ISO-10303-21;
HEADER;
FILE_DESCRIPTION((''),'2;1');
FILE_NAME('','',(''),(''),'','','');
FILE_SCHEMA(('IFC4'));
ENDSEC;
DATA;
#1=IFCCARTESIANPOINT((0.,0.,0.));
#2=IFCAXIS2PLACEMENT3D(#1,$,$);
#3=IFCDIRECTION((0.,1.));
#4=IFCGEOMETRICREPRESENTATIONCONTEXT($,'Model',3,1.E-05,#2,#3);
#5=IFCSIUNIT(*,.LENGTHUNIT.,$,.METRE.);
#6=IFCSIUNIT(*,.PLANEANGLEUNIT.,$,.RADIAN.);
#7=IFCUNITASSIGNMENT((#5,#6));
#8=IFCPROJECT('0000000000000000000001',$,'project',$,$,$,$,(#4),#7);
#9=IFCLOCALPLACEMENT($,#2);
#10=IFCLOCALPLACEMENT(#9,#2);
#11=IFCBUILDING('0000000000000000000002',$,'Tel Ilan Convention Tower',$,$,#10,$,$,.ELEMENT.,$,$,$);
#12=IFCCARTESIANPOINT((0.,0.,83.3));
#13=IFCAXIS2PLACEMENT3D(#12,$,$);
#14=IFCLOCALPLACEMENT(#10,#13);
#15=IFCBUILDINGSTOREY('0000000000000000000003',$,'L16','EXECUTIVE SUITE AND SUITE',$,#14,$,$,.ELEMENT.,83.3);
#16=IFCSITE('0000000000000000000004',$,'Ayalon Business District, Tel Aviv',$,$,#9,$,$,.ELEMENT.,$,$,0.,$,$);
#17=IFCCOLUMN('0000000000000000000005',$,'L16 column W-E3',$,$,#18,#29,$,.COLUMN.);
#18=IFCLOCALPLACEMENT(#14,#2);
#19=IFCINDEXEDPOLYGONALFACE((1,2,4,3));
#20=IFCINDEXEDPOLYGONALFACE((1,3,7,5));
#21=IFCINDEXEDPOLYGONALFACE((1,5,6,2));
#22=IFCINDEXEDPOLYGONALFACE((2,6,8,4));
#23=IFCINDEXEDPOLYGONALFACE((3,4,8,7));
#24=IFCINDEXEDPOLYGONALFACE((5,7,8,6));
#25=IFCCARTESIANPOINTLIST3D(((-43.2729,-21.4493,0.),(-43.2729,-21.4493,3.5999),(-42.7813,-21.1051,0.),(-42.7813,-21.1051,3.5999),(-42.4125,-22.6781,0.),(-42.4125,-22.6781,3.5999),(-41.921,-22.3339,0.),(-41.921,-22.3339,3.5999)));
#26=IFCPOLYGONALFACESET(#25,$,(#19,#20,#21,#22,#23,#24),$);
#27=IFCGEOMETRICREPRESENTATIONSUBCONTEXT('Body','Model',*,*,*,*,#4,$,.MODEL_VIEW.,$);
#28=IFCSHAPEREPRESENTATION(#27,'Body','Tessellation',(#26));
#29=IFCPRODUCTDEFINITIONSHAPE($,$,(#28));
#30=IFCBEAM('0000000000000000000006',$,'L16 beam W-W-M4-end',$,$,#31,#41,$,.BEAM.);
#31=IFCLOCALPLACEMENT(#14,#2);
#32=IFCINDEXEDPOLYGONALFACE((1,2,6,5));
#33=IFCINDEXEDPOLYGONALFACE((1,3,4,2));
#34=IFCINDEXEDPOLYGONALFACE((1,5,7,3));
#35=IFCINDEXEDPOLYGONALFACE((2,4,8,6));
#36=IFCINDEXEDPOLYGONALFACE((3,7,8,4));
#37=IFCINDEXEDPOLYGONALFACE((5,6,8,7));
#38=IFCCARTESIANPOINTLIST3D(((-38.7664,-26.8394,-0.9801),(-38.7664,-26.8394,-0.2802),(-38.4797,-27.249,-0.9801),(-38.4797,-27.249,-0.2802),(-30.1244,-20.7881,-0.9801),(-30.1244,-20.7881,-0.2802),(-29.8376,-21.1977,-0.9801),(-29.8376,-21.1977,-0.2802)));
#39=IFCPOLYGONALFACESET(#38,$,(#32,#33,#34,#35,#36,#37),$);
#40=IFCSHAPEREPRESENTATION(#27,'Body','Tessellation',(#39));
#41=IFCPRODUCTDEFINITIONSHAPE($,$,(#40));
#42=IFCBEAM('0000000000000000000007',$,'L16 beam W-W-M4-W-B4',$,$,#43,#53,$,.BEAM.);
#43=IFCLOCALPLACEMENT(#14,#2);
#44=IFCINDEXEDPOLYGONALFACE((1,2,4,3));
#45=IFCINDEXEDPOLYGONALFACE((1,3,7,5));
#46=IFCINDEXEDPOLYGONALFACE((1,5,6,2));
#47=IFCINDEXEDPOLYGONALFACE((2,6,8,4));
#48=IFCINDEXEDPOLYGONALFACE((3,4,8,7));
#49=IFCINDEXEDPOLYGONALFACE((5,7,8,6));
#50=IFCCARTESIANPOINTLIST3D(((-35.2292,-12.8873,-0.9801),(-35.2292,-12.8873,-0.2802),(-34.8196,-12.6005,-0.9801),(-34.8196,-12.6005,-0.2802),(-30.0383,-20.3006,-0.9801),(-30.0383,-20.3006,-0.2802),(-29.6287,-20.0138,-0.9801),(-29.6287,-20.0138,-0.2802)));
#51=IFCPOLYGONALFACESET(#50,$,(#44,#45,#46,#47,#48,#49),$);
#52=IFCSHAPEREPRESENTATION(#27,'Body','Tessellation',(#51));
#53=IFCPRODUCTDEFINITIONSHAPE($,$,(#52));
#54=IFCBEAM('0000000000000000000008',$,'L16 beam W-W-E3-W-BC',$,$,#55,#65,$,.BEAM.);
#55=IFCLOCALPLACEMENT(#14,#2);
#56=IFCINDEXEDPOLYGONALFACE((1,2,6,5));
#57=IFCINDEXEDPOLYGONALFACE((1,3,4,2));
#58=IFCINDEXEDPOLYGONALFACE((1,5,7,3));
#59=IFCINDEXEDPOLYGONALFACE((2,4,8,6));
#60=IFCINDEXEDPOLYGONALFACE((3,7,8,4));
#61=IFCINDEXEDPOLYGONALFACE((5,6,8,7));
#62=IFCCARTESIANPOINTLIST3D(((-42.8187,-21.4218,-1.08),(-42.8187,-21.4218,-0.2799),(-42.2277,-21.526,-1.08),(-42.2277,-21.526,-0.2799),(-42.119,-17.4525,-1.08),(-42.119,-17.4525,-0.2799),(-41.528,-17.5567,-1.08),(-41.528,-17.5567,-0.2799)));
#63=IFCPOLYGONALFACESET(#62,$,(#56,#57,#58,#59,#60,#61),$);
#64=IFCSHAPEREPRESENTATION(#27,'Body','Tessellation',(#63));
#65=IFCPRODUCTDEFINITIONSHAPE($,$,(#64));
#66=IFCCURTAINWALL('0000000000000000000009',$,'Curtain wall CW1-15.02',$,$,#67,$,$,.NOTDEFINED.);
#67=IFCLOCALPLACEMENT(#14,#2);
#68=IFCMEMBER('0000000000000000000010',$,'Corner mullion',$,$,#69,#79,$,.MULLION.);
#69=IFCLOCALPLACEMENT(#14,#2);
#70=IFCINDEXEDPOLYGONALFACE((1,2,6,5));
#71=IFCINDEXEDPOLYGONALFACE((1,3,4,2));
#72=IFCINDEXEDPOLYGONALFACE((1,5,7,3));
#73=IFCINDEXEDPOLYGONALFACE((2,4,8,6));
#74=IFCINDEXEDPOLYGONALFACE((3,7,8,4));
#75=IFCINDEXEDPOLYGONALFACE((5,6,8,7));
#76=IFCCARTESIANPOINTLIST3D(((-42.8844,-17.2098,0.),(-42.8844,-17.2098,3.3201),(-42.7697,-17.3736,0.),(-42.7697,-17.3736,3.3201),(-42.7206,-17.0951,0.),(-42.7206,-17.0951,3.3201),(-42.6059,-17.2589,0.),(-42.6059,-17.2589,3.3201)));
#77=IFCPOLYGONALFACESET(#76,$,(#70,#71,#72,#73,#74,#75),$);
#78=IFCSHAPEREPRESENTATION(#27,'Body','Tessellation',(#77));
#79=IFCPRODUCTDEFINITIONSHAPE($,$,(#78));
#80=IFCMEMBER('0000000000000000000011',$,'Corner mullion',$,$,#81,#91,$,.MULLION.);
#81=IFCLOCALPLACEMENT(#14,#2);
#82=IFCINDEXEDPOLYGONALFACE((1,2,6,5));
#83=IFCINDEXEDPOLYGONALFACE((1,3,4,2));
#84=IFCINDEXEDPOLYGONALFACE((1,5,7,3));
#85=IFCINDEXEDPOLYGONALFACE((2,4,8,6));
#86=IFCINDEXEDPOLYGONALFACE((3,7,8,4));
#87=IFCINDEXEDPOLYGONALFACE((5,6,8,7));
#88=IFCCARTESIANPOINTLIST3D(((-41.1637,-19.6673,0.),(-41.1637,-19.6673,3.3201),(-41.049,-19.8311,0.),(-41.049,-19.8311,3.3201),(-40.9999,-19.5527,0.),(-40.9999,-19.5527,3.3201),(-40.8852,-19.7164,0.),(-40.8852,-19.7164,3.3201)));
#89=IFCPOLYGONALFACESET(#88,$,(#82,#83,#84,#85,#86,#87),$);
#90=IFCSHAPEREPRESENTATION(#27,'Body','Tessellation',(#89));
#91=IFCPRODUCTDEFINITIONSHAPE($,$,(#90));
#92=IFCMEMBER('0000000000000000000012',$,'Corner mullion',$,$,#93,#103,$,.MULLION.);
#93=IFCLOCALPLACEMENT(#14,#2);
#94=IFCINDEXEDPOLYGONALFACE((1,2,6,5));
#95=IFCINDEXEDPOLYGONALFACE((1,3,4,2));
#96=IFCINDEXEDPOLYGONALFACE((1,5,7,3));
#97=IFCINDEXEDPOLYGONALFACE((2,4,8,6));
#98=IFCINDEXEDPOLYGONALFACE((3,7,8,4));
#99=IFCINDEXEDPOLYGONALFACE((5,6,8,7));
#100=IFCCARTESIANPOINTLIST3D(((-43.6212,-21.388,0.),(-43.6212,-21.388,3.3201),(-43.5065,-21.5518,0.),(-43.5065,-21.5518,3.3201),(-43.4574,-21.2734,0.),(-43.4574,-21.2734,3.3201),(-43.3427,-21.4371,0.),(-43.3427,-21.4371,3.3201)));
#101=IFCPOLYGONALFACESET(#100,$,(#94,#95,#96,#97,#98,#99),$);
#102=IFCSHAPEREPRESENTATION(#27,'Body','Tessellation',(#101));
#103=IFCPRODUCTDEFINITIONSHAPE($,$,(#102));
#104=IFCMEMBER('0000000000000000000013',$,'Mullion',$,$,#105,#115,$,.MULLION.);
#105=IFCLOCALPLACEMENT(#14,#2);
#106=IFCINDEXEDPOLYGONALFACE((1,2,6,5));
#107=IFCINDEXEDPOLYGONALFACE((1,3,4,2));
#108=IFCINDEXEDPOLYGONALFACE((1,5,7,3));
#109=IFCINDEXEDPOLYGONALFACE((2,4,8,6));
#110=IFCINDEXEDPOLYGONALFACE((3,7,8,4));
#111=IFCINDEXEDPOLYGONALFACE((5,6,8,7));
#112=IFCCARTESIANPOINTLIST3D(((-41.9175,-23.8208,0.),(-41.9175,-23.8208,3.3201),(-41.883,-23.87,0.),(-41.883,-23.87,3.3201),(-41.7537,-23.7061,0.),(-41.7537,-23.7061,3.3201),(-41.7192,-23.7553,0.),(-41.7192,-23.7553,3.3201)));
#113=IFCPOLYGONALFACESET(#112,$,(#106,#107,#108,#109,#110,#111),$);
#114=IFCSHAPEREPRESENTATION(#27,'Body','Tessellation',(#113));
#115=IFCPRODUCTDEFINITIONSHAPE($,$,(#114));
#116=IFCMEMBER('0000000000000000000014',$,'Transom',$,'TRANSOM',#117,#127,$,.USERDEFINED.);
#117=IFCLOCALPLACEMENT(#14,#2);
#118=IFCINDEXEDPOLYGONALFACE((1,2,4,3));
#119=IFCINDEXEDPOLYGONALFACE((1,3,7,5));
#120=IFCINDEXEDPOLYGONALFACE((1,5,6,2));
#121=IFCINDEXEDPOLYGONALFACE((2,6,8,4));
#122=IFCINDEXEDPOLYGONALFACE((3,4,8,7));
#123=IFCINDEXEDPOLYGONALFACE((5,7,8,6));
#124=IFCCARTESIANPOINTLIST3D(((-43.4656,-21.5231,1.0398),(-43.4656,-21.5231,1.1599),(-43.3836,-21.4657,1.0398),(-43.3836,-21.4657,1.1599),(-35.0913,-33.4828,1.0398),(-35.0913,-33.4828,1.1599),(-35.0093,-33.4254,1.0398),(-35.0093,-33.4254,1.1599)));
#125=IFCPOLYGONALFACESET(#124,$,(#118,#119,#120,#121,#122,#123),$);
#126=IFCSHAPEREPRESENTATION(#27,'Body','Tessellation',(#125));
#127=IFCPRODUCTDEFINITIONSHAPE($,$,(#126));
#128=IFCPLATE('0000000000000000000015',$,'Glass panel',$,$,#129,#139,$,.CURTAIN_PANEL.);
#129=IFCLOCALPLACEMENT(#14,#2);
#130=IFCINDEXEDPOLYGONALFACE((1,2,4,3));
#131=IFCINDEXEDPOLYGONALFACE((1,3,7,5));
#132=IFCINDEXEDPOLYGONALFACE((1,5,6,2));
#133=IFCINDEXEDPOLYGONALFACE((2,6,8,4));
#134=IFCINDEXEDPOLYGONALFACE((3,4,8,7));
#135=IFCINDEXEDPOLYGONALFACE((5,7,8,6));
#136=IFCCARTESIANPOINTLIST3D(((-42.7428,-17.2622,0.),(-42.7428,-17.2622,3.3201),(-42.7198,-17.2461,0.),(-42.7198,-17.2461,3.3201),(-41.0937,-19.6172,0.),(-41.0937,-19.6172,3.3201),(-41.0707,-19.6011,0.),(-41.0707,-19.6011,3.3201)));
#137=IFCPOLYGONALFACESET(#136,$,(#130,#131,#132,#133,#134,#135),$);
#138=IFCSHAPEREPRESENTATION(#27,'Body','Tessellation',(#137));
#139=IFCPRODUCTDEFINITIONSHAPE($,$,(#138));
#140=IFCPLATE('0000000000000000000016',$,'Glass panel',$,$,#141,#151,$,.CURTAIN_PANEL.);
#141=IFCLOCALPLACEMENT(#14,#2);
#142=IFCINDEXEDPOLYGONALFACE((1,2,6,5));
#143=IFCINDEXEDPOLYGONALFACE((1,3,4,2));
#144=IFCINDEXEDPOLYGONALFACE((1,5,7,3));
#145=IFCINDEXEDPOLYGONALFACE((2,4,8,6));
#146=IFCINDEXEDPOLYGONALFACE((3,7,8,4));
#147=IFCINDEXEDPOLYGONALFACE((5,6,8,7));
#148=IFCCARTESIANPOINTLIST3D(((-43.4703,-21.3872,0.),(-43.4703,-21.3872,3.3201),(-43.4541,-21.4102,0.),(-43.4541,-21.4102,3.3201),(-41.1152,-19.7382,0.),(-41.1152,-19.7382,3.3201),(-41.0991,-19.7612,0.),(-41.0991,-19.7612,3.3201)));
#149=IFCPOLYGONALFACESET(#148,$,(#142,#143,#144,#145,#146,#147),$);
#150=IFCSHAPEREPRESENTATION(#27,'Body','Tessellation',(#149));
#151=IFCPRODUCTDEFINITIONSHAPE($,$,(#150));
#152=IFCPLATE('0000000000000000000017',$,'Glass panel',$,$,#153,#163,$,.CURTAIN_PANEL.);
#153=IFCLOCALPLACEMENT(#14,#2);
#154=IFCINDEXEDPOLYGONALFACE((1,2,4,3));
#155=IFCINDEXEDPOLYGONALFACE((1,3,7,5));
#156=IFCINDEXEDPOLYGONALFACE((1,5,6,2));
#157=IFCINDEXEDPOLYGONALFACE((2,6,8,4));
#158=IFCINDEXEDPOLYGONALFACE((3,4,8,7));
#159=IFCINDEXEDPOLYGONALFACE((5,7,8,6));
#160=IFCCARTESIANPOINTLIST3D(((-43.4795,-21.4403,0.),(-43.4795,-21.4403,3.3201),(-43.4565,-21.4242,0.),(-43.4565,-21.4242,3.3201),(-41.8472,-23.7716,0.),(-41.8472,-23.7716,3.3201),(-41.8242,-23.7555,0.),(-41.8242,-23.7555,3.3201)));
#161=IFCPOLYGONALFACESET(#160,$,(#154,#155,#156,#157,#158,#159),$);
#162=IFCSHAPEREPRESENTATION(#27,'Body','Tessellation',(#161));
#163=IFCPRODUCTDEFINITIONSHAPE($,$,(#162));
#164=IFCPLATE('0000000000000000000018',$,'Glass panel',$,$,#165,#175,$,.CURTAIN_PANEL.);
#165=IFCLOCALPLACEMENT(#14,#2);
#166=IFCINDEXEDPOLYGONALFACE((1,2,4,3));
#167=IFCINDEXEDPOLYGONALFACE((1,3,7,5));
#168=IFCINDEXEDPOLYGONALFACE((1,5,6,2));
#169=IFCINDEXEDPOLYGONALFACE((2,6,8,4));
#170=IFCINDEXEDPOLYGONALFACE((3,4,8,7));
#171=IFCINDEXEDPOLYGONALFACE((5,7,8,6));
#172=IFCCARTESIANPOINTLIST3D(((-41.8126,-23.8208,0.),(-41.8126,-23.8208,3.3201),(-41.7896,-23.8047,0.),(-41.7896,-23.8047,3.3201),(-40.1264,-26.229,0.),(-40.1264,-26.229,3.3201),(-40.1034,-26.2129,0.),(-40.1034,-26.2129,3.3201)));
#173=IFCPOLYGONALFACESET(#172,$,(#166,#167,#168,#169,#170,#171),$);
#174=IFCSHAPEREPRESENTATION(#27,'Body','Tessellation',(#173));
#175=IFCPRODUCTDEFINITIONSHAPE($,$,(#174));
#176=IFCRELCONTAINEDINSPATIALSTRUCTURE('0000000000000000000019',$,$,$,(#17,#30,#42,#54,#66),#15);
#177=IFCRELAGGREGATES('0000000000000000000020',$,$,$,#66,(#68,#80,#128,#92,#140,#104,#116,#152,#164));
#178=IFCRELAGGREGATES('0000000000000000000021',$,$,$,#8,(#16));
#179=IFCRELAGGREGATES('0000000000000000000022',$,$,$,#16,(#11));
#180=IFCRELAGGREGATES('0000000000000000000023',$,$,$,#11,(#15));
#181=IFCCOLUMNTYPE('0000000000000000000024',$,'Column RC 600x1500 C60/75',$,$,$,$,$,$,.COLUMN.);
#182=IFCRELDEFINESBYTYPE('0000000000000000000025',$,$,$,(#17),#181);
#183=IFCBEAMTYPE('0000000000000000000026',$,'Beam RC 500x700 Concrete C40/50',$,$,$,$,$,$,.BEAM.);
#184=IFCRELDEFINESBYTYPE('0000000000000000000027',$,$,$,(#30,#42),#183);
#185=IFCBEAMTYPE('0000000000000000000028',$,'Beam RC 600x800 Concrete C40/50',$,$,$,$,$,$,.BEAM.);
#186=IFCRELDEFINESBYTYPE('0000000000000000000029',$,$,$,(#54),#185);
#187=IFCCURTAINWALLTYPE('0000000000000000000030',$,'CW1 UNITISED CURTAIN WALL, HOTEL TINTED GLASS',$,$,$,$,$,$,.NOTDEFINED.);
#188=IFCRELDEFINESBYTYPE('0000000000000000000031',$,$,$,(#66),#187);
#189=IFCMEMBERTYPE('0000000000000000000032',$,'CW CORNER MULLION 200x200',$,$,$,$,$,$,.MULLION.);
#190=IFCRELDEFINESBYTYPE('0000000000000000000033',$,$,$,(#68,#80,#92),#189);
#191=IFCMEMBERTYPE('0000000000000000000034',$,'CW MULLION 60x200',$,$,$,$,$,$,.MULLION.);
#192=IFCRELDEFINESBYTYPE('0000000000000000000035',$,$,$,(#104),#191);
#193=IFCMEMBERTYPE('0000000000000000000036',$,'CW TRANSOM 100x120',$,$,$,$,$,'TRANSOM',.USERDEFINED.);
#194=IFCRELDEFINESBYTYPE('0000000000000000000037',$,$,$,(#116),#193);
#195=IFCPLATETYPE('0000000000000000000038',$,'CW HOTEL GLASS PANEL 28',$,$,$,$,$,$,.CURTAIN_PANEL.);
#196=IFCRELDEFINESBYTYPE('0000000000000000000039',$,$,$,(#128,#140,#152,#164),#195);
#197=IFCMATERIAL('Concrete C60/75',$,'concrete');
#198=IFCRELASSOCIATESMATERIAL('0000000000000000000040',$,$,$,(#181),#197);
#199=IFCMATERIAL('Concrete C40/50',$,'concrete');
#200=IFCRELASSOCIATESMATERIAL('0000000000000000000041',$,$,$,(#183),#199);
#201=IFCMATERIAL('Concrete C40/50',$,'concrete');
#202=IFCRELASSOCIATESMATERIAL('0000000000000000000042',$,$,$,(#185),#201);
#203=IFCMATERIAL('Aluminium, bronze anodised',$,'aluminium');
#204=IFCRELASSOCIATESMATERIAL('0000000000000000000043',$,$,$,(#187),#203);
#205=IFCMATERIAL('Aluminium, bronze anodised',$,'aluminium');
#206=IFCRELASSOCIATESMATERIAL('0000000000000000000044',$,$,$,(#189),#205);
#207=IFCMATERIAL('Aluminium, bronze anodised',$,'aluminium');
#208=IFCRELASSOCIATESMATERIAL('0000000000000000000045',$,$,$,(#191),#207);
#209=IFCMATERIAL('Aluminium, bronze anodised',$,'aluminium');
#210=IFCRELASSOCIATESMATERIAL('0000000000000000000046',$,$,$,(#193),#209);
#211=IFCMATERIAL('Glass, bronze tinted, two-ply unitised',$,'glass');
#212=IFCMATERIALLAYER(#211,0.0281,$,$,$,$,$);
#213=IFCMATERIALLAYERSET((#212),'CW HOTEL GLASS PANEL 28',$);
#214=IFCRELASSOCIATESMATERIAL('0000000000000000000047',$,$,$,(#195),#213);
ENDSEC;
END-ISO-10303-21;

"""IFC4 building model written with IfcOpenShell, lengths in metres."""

from ifc_helpers import new_model, si_unit, direction, frame, origin, origin_2d, place, context, subcontext, project, spatial, rectangle, extrude, material, layer, layer_set, material_profile, profile_set, type_object, element, aggregate, save


model = new_model("IFC4")

# Units and contexts
model_context = context("Model", 3, precision=1e-05, world=origin(), true_north=direction((0.0, 1.0)))
body_context = subcontext(model_context, "Body", "Model", "MODEL_VIEW")
ifc_project = project(units=[si_unit("LENGTHUNIT", "METRE"), si_unit("PLANEANGLEUNIT", "RADIAN")], contexts=[model_context])

# Site, building, storey
site_placement = place(None, origin())
site = spatial("IfcSite", under=ifc_project, at=site_placement, Name="Ayalon Business District, Tel Aviv", CompositionType="ELEMENT", RefElevation=0.0)
building_placement = place(site_placement, origin())
building = spatial("IfcBuilding", under=site, at=building_placement, Name="Tel Ilan Convention Tower", CompositionType="ELEMENT")
storey_placement = place(building_placement, frame((0.0, 0.0, 83.3)))
storey = spatial("IfcBuildingStorey", under=building, at=storey_placement, Name="L16", Description="EXECUTIVE SUITE AND SUITE", CompositionType="ELEMENT", Elevation=83.3)

# Column
ifc_material_1 = material(Name="Concrete C60/75", Category="concrete")
ifc_material_profile_1 = material_profile(ifc_material_1, rectangle(XDim=1.5, YDim=0.6001, at=origin_2d()), Name="RC 600x1500")
ifc_profile_set_1 = profile_set([ifc_material_profile_1], Name="Concrete C60/75")
column_type = type_object("IfcColumnType", Name="Column RC 600x1500 C60/75", PredefinedType="COLUMN", material=ifc_profile_set_1)
column_placement = place(storey_placement, frame((-42.5969, -21.8916, 0.0), z_axis=(0.0, 0.0, 1.0), x_axis=(-0.573576, 0.819152, 0.0)))
element("IfcColumn", 1, at=column_placement, inside=storey, type_object=column_type, Name="L16 column W-E3", PredefinedType="COLUMN", context=body_context, shape_type="SweptSolid", body=[
    extrude(rectangle(XDim=1.5, YDim=0.6001, at=origin_2d()), origin(), (0.0, 0.0, 1.0), 3.5999),
])

# Beams
ifc_material_2 = material(Name="Concrete C40/50", Category="concrete")
ifc_material_profile_2 = material_profile(ifc_material_2, rectangle(XDim=0.5, YDim=0.7, at=origin_2d()), Name="RC 500x700")
ifc_profile_set_2 = profile_set([ifc_material_profile_2], Name="Concrete C40/50")
beam_type_1 = type_object("IfcBeamType", Name="Beam RC 500x700 Concrete C40/50", PredefinedType="BEAM", material=ifc_profile_set_2)
beam_1_placement = place(storey_placement, frame((-29.981, -20.9929, -0.6301), z_axis=(-0.819151, -0.573577, 0.0), x_axis=(0.573577, -0.819151, 0.0)))
element("IfcBeam", 2, at=beam_1_placement, inside=storey, type_object=beam_type_1, Name="L16 beam W-W-M4-end", PredefinedType="BEAM", context=body_context, shape_type="SweptSolid", body=[
    extrude(rectangle(XDim=0.5, YDim=0.7, at=origin_2d()), origin(), (0.0, 0.0, 1.0), 10.55),
])
beam_2_placement = place(storey_placement, frame((-29.8335, -20.1572, -0.6301), z_axis=(-0.57358, 0.81915, 0.0), x_axis=(-0.81915, -0.57358, 0.0)))
element("IfcBeam", 3, at=beam_2_placement, inside=storey, type_object=beam_type_1, Name="L16 beam W-W-M4-W-B4", PredefinedType="BEAM", context=body_context, shape_type="SweptSolid", body=[
    extrude(rectangle(XDim=0.5, YDim=0.7, at=origin_2d()), origin(), (0.0, 0.0, 1.0), 9.05),
])
ifc_material_3 = material(Name="Concrete C40/50", Category="concrete")
ifc_material_profile_3 = material_profile(ifc_material_3, rectangle(XDim=0.6001, YDim=0.8, at=origin_2d()), Name="RC 600x800")
ifc_profile_set_3 = profile_set([ifc_material_profile_3], Name="Concrete C40/50")
beam_type_2 = type_object("IfcBeamType", Name="Beam RC 600x800 Concrete C40/50", PredefinedType="BEAM", material=ifc_profile_set_3)
beam_3_placement = place(storey_placement, frame((-42.5232, -21.4739, -0.6799), z_axis=(0.173606, 0.984815, 0.0), x_axis=(-0.984815, 0.173606, 0.0)))
element("IfcBeam", 4, at=beam_3_placement, inside=storey, type_object=beam_type_2, Name="L16 beam W-W-E3-W-BC", PredefinedType="BEAM", context=body_context, shape_type="SweptSolid", body=[
    extrude(rectangle(XDim=0.6001, YDim=0.8, at=origin_2d()), origin(), (0.0, 0.0, 1.0), 4.0305),
])

# Curtain wall, members, plates
ifc_material_4 = material(Name="Aluminium, bronze anodised", Category="aluminium")
curtain_wall_type = type_object("IfcCurtainWallType", Name="CW1 UNITISED CURTAIN WALL, HOTEL TINTED GLASS", PredefinedType="NOTDEFINED", material=ifc_material_4)
curtain_wall_placement = place(storey_placement, origin())
curtain_wall = element("IfcCurtainWall", 5, at=curtain_wall_placement, inside=storey, type_object=curtain_wall_type, Name="Curtain wall CW1-15.02", PredefinedType="NOTDEFINED")
ifc_material_5 = material(Name="Aluminium, bronze anodised", Category="aluminium")
ifc_material_profile_4 = material_profile(ifc_material_5, rectangle(XDim=0.2, YDim=0.2, at=origin_2d()), Name="CW CORNER MULLION 200x200")
ifc_profile_set_4 = profile_set([ifc_material_profile_4], Name="Aluminium, bronze anodised")
member_type_1 = type_object("IfcMemberType", Name="CW CORNER MULLION 200x200", PredefinedType="MULLION", material=ifc_profile_set_4)
member_1_placement = place(storey_placement, frame((-42.7451, -17.2344, 0.0), z_axis=(0.0, 0.0, 1.0), x_axis=(-0.819152, -0.573576, 0.0)))
member_1 = element("IfcMember", 6, at=member_1_placement, type_object=member_type_1, Name="Corner mullion", PredefinedType="MULLION", context=body_context, shape_type="SweptSolid", body=[
    extrude(rectangle(XDim=0.2, YDim=0.2, at=origin_2d()), origin(), (0.0, 0.0, 1.0), 3.3201),
])
member_2_placement = place(storey_placement, frame((-41.0244, -19.6919, 0.0), z_axis=(0.0, 0.0, 1.0), x_axis=(0.573576, -0.819152, 0.0)))
member_2 = element("IfcMember", 7, at=member_2_placement, type_object=member_type_1, Name="Corner mullion", PredefinedType="MULLION", context=body_context, shape_type="SweptSolid", body=[
    extrude(rectangle(XDim=0.2, YDim=0.2, at=origin_2d()), origin(), (0.0, 0.0, 1.0), 3.3201),
])
member_3_placement = place(storey_placement, frame((-43.4819, -21.4126, 0.0), z_axis=(0.0, 0.0, 1.0), x_axis=(-0.819152, -0.573576, 0.0)))
member_3 = element("IfcMember", 8, at=member_3_placement, type_object=member_type_1, Name="Corner mullion", PredefinedType="MULLION", context=body_context, shape_type="SweptSolid", body=[
    extrude(rectangle(XDim=0.2, YDim=0.2, at=origin_2d()), origin(), (0.0, 0.0, 1.0), 3.3201),
])
ifc_material_6 = material(Name="Aluminium, bronze anodised", Category="aluminium")
ifc_material_profile_5 = material_profile(ifc_material_6, rectangle(XDim=0.0601, YDim=0.2, at=origin_2d()), Name="CW MULLION 60x200")
ifc_profile_set_5 = profile_set([ifc_material_profile_5], Name="Aluminium, bronze anodised")
member_type_2 = type_object("IfcMemberType", Name="CW MULLION 60x200", PredefinedType="MULLION", material=ifc_profile_set_5)
member_4_placement = place(storey_placement, frame((-41.8184, -23.7881, 0.0), z_axis=(0.0, 0.0, 1.0), x_axis=(0.573576, -0.819152, 0.0)))
member_4 = element("IfcMember", 9, at=member_4_placement, type_object=member_type_2, Name="Mullion", PredefinedType="MULLION", context=body_context, shape_type="SweptSolid", body=[
    extrude(rectangle(XDim=0.0601, YDim=0.2, at=origin_2d()), origin(), (0.0, 0.0, 1.0), 3.3201),
])
ifc_material_7 = material(Name="Aluminium, bronze anodised", Category="aluminium")
ifc_material_profile_6 = material_profile(ifc_material_7, rectangle(XDim=0.1001, YDim=0.1201, at=origin_2d()), Name="CW TRANSOM 100x120")
ifc_profile_set_6 = profile_set([ifc_material_profile_6], Name="Aluminium, bronze anodised")
member_type_3 = type_object("IfcMemberType", Name="CW TRANSOM 100x120", ElementType="TRANSOM", PredefinedType="USERDEFINED", material=ifc_profile_set_6)
member_5_placement = place(storey_placement, frame((-43.4246, -21.4944, 1.0999), z_axis=(0.573576, -0.819153, 0.0), x_axis=(0.819153, 0.573576, 0.0)))
member_5 = element("IfcMember", 10, at=member_5_placement, type_object=member_type_3, Name="Transom", ObjectType="TRANSOM", PredefinedType="USERDEFINED", context=body_context, shape_type="SweptSolid", body=[
    extrude(rectangle(XDim=0.1001, YDim=0.1201, at=origin_2d()), origin(), (0.0, 0.0, 1.0), 14.6001),
])
ifc_material_8 = material(Name="Glass, bronze tinted, two-ply unitised", Category="glass")
ifc_layer_1 = layer(ifc_material_8, 0.0281)
ifc_layer_set_1 = layer_set([ifc_layer_1], Name="CW HOTEL GLASS PANEL 28")
plate_type = type_object("IfcPlateType", Name="CW HOTEL GLASS PANEL 28", PredefinedType="CURTAIN_PANEL", material=ifc_layer_set_1)
plate_1_placement = place(storey_placement, frame((-41.9067, -18.4316, 0.0), z_axis=(0.0, 0.0, 1.0), x_axis=(0.573576, -0.819152, 0.0)))
plate_1 = element("IfcPlate", 11, at=plate_1_placement, type_object=plate_type, Name="Glass panel", PredefinedType="CURTAIN_PANEL", context=body_context, shape_type="SweptSolid", body=[
    extrude(rectangle(XDim=2.875, YDim=0.0281, at=origin_2d()), origin(), (0.0, 0.0, 1.0), 3.3201),
])
plate_2_placement = place(storey_placement, frame((-42.2847, -20.5742, 0.0), z_axis=(0.0, 0.0, 1.0), x_axis=(-0.819152, -0.573576, 0.0)))
plate_2 = element("IfcPlate", 12, at=plate_2_placement, type_object=plate_type, Name="Glass panel", PredefinedType="CURTAIN_PANEL", context=body_context, shape_type="SweptSolid", body=[
    extrude(rectangle(XDim=2.875, YDim=0.0281, at=origin_2d()), origin(), (0.0, 0.0, 1.0), 3.3201),
])
plate_3_placement = place(storey_placement, frame((-42.6519, -22.5979, 0.0), z_axis=(0.0, 0.0, 1.0), x_axis=(0.573576, -0.819152, 0.0)))
plate_3 = element("IfcPlate", 13, at=plate_3_placement, type_object=plate_type, Name="Glass panel", PredefinedType="CURTAIN_PANEL", context=body_context, shape_type="SweptSolid", body=[
    extrude(rectangle(XDim=2.8459, YDim=0.0281, at=origin_2d()), origin(), (0.0, 0.0, 1.0), 3.3201),
])
plate_4_placement = place(storey_placement, frame((-40.958, -25.0168, 0.0), z_axis=(0.0, 0.0, 1.0), x_axis=(0.573576, -0.819152, 0.0)))
plate_4 = element("IfcPlate", 14, at=plate_4_placement, type_object=plate_type, Name="Glass panel", PredefinedType="CURTAIN_PANEL", context=body_context, shape_type="SweptSolid", body=[
    extrude(rectangle(XDim=2.9399, YDim=0.0281, at=origin_2d()), origin(), (0.0, 0.0, 1.0), 3.3201),
])
aggregate(curtain_wall, [member_1, member_2, plate_1, member_3, plate_2, member_4, member_5, plate_3, plate_4])

save(model, "model.ifc")
